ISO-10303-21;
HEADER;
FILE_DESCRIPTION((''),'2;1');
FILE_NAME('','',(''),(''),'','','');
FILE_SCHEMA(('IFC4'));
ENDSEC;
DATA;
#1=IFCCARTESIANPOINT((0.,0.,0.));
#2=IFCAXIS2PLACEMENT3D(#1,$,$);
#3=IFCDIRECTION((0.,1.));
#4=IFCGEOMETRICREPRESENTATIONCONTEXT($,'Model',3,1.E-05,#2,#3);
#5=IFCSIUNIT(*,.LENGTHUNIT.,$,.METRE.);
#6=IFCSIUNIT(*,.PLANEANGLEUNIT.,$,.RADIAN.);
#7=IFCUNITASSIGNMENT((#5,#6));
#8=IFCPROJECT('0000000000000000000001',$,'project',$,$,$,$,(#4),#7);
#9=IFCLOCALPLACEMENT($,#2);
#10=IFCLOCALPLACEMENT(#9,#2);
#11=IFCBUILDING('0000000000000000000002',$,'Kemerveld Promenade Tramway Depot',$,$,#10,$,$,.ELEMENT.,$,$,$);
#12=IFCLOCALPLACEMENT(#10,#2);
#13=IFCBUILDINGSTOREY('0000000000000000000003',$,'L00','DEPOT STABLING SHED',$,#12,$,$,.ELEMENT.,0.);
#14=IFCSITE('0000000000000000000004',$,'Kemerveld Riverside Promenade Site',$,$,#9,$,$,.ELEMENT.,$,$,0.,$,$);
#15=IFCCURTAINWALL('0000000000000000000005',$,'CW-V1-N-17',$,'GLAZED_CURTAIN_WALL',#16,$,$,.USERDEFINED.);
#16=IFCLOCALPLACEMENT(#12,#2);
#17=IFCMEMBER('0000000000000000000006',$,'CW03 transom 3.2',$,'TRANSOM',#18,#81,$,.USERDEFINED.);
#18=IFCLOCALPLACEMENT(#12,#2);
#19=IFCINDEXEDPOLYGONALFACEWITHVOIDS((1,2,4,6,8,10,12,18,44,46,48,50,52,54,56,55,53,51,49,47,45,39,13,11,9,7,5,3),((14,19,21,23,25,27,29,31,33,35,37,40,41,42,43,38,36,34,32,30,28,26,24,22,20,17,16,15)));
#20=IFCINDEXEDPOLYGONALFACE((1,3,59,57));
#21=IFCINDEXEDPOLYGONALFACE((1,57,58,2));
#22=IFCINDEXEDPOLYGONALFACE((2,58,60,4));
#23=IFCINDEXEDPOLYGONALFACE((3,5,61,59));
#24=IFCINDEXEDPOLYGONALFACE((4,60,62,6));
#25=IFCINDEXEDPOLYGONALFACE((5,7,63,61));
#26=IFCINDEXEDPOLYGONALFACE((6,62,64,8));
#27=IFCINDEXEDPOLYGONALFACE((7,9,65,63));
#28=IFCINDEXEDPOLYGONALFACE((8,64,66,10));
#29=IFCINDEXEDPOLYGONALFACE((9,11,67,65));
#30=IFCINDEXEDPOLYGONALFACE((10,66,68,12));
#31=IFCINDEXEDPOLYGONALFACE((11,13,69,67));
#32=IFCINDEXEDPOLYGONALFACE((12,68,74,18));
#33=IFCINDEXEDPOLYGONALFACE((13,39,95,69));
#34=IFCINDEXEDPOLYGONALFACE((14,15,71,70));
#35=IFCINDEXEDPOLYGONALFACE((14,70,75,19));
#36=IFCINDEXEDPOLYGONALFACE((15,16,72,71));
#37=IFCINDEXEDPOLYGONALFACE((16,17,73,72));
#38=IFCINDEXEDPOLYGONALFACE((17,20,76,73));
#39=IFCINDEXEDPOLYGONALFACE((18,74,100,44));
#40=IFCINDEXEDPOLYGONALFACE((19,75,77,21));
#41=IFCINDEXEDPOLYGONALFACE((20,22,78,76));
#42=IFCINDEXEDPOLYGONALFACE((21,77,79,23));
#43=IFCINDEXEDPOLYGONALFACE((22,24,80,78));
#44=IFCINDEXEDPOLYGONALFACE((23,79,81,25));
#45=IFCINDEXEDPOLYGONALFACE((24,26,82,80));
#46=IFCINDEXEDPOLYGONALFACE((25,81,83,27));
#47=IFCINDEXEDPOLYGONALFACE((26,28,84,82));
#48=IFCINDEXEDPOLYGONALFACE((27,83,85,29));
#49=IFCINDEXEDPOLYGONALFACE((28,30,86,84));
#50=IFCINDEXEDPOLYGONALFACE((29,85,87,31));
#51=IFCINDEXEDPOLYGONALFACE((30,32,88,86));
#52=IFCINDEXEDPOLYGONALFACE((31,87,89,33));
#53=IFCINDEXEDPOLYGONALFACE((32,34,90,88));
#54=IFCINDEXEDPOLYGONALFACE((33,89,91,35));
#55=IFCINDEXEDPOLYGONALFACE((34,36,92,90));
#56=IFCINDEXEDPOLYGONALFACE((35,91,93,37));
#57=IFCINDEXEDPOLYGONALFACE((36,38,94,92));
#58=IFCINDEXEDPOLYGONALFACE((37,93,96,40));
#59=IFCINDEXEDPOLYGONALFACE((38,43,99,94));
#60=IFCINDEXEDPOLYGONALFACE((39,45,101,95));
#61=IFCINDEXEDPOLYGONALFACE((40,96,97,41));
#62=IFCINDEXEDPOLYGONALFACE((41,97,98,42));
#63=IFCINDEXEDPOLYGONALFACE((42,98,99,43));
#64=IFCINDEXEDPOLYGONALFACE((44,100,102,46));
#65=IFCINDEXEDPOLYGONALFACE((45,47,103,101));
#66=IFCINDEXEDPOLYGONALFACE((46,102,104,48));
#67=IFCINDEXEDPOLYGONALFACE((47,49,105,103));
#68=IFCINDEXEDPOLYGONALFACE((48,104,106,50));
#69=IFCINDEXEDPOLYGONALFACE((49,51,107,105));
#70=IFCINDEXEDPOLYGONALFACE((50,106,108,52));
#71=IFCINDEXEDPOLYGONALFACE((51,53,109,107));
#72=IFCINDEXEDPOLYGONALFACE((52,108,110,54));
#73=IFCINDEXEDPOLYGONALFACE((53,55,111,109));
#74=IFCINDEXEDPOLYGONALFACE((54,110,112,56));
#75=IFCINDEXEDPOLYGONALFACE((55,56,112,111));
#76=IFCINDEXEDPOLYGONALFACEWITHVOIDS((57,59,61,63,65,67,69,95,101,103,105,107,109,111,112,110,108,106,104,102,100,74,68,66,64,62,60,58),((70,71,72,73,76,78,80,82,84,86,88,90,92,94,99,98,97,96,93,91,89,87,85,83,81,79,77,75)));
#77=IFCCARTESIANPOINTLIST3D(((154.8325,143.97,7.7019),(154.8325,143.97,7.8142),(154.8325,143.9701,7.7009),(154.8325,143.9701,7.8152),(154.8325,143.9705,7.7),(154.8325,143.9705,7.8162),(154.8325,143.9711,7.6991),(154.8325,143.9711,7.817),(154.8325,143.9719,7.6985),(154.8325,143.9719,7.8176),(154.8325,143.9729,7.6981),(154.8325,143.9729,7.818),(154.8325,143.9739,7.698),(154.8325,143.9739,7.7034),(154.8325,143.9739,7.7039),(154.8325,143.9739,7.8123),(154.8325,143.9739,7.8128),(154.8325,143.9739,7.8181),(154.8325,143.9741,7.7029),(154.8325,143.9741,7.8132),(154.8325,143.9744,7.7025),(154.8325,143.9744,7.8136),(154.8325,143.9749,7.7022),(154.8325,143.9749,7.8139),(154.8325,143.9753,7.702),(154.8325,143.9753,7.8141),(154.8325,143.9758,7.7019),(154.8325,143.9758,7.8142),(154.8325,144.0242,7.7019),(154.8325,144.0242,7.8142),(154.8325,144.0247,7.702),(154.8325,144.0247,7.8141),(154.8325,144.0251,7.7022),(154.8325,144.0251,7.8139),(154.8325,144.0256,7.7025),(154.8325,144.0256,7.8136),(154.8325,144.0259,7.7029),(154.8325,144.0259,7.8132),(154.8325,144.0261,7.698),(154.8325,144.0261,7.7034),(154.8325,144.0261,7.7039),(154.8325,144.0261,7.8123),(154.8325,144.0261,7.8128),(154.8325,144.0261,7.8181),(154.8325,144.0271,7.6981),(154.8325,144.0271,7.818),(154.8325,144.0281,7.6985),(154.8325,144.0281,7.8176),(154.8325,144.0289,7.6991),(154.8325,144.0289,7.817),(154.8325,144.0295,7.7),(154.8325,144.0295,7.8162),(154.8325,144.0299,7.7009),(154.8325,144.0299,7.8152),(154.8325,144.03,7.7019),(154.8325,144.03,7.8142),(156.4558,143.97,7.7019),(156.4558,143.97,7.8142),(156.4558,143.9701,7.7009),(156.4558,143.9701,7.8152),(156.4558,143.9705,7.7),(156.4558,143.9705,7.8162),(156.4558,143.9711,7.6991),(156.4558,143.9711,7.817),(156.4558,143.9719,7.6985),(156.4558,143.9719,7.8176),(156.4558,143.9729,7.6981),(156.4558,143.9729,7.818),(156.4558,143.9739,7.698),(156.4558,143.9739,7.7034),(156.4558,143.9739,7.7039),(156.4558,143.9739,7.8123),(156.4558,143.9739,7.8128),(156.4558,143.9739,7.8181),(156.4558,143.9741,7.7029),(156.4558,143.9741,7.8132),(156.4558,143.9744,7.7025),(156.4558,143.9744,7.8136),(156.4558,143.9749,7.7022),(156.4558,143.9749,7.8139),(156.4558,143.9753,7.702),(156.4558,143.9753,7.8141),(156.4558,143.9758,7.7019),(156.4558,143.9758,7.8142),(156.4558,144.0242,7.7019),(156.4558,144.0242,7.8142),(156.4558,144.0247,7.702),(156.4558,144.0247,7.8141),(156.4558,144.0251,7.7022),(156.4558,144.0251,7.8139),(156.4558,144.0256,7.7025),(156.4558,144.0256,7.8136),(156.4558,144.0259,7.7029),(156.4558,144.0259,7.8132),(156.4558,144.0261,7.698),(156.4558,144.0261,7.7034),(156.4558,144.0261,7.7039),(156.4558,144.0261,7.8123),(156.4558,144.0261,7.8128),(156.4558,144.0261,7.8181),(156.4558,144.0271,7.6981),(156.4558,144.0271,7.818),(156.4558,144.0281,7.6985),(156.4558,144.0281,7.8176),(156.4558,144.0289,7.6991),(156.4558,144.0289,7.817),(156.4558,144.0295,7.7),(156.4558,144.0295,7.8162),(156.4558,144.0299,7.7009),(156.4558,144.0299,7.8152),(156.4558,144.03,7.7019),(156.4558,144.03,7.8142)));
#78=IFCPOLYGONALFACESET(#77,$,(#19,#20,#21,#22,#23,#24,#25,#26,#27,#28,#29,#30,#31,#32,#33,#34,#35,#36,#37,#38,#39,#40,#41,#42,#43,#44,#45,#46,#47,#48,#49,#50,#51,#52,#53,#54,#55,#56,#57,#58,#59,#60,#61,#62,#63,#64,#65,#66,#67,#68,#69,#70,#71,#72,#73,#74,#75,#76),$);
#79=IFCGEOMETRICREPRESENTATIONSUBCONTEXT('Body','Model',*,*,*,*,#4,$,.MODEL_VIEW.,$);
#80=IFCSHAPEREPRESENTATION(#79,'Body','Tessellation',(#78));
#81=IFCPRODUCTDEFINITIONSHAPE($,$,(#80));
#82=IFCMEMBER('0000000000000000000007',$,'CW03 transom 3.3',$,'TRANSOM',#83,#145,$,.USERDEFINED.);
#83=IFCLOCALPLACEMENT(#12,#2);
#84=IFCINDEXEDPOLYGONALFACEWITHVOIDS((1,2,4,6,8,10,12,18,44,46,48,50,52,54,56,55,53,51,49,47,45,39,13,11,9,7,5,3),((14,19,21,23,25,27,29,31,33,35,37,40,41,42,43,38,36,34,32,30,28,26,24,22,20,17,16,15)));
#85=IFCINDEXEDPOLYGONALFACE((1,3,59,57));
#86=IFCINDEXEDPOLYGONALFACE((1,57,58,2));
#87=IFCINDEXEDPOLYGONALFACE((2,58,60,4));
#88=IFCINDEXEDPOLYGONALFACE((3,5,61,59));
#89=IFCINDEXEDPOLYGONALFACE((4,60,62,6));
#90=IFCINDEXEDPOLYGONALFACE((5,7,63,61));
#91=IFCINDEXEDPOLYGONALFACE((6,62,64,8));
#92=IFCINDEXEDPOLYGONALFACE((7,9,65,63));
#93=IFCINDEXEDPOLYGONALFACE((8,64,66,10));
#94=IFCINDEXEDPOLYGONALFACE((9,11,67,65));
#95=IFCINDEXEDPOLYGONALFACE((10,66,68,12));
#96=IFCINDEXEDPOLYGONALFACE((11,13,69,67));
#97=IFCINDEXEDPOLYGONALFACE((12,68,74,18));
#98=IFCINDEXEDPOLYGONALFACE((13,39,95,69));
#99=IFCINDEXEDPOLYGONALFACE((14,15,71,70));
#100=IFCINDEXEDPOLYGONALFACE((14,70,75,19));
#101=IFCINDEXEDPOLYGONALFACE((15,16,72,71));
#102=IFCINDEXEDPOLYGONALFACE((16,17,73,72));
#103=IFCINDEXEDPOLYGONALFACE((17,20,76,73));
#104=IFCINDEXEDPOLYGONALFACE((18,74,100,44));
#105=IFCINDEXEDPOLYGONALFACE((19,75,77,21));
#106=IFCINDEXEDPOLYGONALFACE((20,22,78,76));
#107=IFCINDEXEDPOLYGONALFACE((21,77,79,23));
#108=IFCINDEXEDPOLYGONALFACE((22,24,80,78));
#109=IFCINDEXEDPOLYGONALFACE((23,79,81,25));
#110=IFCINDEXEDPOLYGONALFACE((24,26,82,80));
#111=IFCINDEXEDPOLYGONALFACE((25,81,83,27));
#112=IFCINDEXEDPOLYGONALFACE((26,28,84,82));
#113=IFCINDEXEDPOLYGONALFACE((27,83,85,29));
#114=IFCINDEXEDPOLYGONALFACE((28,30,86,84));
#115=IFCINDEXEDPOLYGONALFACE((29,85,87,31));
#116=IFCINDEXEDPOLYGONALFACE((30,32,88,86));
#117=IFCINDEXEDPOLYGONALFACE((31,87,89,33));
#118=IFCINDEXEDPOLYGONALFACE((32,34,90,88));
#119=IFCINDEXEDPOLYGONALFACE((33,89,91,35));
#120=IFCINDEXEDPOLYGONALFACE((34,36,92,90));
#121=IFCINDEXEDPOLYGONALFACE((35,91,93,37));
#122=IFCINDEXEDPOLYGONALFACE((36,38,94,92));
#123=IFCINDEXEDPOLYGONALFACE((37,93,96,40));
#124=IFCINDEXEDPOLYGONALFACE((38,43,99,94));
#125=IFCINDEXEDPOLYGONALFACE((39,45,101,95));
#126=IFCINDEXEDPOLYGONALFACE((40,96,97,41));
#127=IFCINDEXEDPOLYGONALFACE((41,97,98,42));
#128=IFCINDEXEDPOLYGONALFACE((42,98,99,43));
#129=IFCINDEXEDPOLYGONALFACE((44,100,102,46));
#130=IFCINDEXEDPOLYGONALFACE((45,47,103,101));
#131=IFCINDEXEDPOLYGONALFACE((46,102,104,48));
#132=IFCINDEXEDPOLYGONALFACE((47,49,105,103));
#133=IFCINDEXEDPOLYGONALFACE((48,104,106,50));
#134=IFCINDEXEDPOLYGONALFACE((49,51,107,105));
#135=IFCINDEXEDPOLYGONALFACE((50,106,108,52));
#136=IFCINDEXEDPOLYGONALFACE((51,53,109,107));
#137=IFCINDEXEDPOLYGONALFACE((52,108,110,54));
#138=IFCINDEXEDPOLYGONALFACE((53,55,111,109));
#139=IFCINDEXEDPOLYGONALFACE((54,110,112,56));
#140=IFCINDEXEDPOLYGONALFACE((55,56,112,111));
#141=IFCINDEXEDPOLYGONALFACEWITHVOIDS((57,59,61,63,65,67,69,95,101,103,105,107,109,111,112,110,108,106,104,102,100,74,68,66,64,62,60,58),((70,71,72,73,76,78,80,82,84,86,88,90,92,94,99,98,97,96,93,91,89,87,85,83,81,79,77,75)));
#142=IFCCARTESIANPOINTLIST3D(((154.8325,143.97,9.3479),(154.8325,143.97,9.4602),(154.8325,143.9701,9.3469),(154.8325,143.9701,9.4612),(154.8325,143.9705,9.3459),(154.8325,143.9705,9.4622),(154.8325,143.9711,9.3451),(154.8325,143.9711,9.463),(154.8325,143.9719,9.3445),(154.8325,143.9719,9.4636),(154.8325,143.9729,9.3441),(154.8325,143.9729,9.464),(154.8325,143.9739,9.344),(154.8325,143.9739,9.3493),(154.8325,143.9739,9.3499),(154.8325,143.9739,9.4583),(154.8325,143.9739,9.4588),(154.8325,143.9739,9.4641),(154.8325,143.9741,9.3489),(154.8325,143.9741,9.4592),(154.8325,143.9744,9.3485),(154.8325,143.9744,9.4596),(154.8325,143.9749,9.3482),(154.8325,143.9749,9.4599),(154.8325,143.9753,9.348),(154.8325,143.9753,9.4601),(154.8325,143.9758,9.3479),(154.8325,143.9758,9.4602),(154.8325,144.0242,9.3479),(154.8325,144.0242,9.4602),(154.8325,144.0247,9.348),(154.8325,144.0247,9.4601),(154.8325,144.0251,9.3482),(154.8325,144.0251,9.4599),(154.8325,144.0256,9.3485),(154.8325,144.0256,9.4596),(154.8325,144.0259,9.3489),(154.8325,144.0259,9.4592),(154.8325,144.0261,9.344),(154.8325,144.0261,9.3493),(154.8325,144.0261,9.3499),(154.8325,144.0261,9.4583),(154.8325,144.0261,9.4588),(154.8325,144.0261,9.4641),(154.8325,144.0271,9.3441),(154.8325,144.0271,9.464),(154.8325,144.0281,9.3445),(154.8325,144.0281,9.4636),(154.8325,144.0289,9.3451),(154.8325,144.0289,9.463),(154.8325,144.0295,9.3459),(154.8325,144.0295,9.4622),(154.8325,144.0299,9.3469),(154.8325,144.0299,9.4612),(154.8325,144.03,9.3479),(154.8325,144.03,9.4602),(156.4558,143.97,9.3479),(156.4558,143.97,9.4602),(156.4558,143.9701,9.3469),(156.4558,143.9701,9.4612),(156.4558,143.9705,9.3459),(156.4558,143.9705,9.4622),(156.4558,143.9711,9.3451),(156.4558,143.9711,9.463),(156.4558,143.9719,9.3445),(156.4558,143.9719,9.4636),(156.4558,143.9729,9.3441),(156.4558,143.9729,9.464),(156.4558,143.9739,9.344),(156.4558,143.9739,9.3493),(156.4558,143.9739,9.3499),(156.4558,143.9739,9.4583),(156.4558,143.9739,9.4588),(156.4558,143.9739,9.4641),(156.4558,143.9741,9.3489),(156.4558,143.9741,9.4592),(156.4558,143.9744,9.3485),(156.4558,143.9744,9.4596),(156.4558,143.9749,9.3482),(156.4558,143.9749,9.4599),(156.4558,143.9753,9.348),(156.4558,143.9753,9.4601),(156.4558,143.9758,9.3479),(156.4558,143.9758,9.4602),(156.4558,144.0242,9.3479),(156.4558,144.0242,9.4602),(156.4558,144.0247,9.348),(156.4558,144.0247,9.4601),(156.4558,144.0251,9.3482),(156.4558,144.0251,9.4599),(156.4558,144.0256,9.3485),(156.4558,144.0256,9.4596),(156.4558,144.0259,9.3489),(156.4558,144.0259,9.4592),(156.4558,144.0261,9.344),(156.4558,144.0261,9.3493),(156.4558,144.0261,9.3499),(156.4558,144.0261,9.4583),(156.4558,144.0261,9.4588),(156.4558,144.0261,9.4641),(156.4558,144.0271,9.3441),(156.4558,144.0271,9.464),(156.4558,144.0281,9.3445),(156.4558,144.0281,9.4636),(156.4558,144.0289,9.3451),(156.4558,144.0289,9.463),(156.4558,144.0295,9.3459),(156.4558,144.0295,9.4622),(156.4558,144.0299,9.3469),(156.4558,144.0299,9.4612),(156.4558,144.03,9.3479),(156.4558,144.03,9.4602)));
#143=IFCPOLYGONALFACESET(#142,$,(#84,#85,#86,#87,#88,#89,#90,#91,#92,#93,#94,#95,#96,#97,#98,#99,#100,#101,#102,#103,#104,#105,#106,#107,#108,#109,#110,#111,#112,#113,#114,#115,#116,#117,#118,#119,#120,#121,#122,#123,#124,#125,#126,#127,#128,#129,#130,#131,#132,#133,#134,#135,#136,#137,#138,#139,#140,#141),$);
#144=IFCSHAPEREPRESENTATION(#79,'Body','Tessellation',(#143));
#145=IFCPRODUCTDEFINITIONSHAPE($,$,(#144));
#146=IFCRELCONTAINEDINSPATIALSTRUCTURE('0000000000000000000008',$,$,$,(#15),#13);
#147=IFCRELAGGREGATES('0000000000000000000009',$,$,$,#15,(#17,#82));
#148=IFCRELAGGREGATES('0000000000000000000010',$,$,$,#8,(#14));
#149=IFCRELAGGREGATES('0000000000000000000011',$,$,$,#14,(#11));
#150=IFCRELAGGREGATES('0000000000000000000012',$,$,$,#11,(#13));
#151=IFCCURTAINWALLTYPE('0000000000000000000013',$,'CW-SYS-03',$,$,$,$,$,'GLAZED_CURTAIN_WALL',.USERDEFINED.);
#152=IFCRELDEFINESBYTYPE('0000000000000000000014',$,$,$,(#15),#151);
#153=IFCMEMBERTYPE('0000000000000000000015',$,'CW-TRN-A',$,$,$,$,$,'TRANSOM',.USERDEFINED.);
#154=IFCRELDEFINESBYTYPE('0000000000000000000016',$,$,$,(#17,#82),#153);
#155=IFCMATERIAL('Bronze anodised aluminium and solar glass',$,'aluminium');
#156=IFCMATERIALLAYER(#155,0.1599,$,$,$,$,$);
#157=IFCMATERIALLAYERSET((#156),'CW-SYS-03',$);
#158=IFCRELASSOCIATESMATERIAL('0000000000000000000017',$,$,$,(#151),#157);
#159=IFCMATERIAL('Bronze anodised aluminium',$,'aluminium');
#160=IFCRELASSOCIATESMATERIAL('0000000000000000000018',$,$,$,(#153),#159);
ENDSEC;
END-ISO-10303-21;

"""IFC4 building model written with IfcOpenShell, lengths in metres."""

from ifc_helpers import new_model, si_unit, direction, frame, origin, origin_2d, place, context, subcontext, project, spatial, hollow_rectangle, extrude, material, layer, layer_set, material_profile, profile_set, type_object, element, aggregate, save


model = new_model("IFC4")

# Units and contexts
model_context = context("Model", 3, precision=1e-05, world=origin(), true_north=direction((0.0, 1.0)))
body_context = subcontext(model_context, "Body", "Model", "MODEL_VIEW")
ifc_project = project(units=[si_unit("LENGTHUNIT", "METRE"), si_unit("PLANEANGLEUNIT", "RADIAN")], contexts=[model_context])

# Site, building, storey
site_placement = place(None, origin())
site = spatial("IfcSite", under=ifc_project, at=site_placement, Name="Kemerveld Riverside Promenade Site", CompositionType="ELEMENT", RefElevation=0.0)
building_placement = place(site_placement, origin())
building = spatial("IfcBuilding", under=site, at=building_placement, Name="Kemerveld Promenade Tramway Depot", CompositionType="ELEMENT")
storey_placement = place(building_placement, origin())
storey = spatial("IfcBuildingStorey", under=building, at=storey_placement, Name="L00", Description="DEPOT STABLING SHED", CompositionType="ELEMENT", Elevation=0.0)

# Curtain wall, members
ifc_material_1 = material(Name="Bronze anodised aluminium and solar glass", Category="aluminium")
ifc_layer_1 = layer(ifc_material_1, 0.1599)
ifc_layer_set_1 = layer_set([ifc_layer_1], Name="CW-SYS-03")
curtain_wall_type = type_object("IfcCurtainWallType", Name="CW-SYS-03", ElementType="GLAZED_CURTAIN_WALL", PredefinedType="USERDEFINED", material=ifc_layer_set_1)
curtain_wall_placement = place(storey_placement, origin())
curtain_wall = element("IfcCurtainWall", 1, at=curtain_wall_placement, inside=storey, type_object=curtain_wall_type, Name="CW-V1-N-17", ObjectType="GLAZED_CURTAIN_WALL", PredefinedType="USERDEFINED")
ifc_material_2 = material(Name="Bronze anodised aluminium", Category="aluminium")
ifc_material_profile_1 = material_profile(ifc_material_2, hollow_rectangle(XDim=0.0601, YDim=0.1201, WallThickness=0.0039, InnerFilletRadius=0.002, OuterFilletRadius=0.0039, at=origin_2d()), Name="CW-TRN-120x60")
ifc_profile_set_1 = profile_set([ifc_material_profile_1], Name="Bronze anodised aluminium")
member_type_1 = type_object("IfcMemberType", Name="CW-TRN-A", ElementType="TRANSOM", PredefinedType="USERDEFINED", material=ifc_profile_set_1)
member_1_placement = place(storey_placement, frame((154.8325, 144.0, 7.7581), z_axis=(1.0, 0.0, 0.0), x_axis=(0.0, 1.0, 0.0)))
member_1 = element("IfcMember", 2, at=member_1_placement, type_object=member_type_1, Name="CW03 transom 3.2", ObjectType="TRANSOM", PredefinedType="USERDEFINED", context=body_context, shape_type="SweptSolid", body=[
    extrude(hollow_rectangle(XDim=0.0601, YDim=0.1201, WallThickness=0.0039, InnerFilletRadius=0.002, OuterFilletRadius=0.0039, at=origin_2d()), origin(), (0.0, 0.0, 1.0), 1.6233),
])
member_2_placement = place(storey_placement, frame((154.8325, 144.0, 9.4041), z_axis=(1.0, 0.0, 0.0), x_axis=(0.0, 1.0, 0.0)))
member_2 = element("IfcMember", 3, at=member_2_placement, type_object=member_type_1, Name="CW03 transom 3.3", ObjectType="TRANSOM", PredefinedType="USERDEFINED", context=body_context, shape_type="SweptSolid", body=[
    extrude(hollow_rectangle(XDim=0.0601, YDim=0.1201, WallThickness=0.0039, InnerFilletRadius=0.002, OuterFilletRadius=0.0039, at=origin_2d()), origin(), (0.0, 0.0, 1.0), 1.6233),
])
aggregate(curtain_wall, [member_1, member_2])

save(model, "model.ifc")
